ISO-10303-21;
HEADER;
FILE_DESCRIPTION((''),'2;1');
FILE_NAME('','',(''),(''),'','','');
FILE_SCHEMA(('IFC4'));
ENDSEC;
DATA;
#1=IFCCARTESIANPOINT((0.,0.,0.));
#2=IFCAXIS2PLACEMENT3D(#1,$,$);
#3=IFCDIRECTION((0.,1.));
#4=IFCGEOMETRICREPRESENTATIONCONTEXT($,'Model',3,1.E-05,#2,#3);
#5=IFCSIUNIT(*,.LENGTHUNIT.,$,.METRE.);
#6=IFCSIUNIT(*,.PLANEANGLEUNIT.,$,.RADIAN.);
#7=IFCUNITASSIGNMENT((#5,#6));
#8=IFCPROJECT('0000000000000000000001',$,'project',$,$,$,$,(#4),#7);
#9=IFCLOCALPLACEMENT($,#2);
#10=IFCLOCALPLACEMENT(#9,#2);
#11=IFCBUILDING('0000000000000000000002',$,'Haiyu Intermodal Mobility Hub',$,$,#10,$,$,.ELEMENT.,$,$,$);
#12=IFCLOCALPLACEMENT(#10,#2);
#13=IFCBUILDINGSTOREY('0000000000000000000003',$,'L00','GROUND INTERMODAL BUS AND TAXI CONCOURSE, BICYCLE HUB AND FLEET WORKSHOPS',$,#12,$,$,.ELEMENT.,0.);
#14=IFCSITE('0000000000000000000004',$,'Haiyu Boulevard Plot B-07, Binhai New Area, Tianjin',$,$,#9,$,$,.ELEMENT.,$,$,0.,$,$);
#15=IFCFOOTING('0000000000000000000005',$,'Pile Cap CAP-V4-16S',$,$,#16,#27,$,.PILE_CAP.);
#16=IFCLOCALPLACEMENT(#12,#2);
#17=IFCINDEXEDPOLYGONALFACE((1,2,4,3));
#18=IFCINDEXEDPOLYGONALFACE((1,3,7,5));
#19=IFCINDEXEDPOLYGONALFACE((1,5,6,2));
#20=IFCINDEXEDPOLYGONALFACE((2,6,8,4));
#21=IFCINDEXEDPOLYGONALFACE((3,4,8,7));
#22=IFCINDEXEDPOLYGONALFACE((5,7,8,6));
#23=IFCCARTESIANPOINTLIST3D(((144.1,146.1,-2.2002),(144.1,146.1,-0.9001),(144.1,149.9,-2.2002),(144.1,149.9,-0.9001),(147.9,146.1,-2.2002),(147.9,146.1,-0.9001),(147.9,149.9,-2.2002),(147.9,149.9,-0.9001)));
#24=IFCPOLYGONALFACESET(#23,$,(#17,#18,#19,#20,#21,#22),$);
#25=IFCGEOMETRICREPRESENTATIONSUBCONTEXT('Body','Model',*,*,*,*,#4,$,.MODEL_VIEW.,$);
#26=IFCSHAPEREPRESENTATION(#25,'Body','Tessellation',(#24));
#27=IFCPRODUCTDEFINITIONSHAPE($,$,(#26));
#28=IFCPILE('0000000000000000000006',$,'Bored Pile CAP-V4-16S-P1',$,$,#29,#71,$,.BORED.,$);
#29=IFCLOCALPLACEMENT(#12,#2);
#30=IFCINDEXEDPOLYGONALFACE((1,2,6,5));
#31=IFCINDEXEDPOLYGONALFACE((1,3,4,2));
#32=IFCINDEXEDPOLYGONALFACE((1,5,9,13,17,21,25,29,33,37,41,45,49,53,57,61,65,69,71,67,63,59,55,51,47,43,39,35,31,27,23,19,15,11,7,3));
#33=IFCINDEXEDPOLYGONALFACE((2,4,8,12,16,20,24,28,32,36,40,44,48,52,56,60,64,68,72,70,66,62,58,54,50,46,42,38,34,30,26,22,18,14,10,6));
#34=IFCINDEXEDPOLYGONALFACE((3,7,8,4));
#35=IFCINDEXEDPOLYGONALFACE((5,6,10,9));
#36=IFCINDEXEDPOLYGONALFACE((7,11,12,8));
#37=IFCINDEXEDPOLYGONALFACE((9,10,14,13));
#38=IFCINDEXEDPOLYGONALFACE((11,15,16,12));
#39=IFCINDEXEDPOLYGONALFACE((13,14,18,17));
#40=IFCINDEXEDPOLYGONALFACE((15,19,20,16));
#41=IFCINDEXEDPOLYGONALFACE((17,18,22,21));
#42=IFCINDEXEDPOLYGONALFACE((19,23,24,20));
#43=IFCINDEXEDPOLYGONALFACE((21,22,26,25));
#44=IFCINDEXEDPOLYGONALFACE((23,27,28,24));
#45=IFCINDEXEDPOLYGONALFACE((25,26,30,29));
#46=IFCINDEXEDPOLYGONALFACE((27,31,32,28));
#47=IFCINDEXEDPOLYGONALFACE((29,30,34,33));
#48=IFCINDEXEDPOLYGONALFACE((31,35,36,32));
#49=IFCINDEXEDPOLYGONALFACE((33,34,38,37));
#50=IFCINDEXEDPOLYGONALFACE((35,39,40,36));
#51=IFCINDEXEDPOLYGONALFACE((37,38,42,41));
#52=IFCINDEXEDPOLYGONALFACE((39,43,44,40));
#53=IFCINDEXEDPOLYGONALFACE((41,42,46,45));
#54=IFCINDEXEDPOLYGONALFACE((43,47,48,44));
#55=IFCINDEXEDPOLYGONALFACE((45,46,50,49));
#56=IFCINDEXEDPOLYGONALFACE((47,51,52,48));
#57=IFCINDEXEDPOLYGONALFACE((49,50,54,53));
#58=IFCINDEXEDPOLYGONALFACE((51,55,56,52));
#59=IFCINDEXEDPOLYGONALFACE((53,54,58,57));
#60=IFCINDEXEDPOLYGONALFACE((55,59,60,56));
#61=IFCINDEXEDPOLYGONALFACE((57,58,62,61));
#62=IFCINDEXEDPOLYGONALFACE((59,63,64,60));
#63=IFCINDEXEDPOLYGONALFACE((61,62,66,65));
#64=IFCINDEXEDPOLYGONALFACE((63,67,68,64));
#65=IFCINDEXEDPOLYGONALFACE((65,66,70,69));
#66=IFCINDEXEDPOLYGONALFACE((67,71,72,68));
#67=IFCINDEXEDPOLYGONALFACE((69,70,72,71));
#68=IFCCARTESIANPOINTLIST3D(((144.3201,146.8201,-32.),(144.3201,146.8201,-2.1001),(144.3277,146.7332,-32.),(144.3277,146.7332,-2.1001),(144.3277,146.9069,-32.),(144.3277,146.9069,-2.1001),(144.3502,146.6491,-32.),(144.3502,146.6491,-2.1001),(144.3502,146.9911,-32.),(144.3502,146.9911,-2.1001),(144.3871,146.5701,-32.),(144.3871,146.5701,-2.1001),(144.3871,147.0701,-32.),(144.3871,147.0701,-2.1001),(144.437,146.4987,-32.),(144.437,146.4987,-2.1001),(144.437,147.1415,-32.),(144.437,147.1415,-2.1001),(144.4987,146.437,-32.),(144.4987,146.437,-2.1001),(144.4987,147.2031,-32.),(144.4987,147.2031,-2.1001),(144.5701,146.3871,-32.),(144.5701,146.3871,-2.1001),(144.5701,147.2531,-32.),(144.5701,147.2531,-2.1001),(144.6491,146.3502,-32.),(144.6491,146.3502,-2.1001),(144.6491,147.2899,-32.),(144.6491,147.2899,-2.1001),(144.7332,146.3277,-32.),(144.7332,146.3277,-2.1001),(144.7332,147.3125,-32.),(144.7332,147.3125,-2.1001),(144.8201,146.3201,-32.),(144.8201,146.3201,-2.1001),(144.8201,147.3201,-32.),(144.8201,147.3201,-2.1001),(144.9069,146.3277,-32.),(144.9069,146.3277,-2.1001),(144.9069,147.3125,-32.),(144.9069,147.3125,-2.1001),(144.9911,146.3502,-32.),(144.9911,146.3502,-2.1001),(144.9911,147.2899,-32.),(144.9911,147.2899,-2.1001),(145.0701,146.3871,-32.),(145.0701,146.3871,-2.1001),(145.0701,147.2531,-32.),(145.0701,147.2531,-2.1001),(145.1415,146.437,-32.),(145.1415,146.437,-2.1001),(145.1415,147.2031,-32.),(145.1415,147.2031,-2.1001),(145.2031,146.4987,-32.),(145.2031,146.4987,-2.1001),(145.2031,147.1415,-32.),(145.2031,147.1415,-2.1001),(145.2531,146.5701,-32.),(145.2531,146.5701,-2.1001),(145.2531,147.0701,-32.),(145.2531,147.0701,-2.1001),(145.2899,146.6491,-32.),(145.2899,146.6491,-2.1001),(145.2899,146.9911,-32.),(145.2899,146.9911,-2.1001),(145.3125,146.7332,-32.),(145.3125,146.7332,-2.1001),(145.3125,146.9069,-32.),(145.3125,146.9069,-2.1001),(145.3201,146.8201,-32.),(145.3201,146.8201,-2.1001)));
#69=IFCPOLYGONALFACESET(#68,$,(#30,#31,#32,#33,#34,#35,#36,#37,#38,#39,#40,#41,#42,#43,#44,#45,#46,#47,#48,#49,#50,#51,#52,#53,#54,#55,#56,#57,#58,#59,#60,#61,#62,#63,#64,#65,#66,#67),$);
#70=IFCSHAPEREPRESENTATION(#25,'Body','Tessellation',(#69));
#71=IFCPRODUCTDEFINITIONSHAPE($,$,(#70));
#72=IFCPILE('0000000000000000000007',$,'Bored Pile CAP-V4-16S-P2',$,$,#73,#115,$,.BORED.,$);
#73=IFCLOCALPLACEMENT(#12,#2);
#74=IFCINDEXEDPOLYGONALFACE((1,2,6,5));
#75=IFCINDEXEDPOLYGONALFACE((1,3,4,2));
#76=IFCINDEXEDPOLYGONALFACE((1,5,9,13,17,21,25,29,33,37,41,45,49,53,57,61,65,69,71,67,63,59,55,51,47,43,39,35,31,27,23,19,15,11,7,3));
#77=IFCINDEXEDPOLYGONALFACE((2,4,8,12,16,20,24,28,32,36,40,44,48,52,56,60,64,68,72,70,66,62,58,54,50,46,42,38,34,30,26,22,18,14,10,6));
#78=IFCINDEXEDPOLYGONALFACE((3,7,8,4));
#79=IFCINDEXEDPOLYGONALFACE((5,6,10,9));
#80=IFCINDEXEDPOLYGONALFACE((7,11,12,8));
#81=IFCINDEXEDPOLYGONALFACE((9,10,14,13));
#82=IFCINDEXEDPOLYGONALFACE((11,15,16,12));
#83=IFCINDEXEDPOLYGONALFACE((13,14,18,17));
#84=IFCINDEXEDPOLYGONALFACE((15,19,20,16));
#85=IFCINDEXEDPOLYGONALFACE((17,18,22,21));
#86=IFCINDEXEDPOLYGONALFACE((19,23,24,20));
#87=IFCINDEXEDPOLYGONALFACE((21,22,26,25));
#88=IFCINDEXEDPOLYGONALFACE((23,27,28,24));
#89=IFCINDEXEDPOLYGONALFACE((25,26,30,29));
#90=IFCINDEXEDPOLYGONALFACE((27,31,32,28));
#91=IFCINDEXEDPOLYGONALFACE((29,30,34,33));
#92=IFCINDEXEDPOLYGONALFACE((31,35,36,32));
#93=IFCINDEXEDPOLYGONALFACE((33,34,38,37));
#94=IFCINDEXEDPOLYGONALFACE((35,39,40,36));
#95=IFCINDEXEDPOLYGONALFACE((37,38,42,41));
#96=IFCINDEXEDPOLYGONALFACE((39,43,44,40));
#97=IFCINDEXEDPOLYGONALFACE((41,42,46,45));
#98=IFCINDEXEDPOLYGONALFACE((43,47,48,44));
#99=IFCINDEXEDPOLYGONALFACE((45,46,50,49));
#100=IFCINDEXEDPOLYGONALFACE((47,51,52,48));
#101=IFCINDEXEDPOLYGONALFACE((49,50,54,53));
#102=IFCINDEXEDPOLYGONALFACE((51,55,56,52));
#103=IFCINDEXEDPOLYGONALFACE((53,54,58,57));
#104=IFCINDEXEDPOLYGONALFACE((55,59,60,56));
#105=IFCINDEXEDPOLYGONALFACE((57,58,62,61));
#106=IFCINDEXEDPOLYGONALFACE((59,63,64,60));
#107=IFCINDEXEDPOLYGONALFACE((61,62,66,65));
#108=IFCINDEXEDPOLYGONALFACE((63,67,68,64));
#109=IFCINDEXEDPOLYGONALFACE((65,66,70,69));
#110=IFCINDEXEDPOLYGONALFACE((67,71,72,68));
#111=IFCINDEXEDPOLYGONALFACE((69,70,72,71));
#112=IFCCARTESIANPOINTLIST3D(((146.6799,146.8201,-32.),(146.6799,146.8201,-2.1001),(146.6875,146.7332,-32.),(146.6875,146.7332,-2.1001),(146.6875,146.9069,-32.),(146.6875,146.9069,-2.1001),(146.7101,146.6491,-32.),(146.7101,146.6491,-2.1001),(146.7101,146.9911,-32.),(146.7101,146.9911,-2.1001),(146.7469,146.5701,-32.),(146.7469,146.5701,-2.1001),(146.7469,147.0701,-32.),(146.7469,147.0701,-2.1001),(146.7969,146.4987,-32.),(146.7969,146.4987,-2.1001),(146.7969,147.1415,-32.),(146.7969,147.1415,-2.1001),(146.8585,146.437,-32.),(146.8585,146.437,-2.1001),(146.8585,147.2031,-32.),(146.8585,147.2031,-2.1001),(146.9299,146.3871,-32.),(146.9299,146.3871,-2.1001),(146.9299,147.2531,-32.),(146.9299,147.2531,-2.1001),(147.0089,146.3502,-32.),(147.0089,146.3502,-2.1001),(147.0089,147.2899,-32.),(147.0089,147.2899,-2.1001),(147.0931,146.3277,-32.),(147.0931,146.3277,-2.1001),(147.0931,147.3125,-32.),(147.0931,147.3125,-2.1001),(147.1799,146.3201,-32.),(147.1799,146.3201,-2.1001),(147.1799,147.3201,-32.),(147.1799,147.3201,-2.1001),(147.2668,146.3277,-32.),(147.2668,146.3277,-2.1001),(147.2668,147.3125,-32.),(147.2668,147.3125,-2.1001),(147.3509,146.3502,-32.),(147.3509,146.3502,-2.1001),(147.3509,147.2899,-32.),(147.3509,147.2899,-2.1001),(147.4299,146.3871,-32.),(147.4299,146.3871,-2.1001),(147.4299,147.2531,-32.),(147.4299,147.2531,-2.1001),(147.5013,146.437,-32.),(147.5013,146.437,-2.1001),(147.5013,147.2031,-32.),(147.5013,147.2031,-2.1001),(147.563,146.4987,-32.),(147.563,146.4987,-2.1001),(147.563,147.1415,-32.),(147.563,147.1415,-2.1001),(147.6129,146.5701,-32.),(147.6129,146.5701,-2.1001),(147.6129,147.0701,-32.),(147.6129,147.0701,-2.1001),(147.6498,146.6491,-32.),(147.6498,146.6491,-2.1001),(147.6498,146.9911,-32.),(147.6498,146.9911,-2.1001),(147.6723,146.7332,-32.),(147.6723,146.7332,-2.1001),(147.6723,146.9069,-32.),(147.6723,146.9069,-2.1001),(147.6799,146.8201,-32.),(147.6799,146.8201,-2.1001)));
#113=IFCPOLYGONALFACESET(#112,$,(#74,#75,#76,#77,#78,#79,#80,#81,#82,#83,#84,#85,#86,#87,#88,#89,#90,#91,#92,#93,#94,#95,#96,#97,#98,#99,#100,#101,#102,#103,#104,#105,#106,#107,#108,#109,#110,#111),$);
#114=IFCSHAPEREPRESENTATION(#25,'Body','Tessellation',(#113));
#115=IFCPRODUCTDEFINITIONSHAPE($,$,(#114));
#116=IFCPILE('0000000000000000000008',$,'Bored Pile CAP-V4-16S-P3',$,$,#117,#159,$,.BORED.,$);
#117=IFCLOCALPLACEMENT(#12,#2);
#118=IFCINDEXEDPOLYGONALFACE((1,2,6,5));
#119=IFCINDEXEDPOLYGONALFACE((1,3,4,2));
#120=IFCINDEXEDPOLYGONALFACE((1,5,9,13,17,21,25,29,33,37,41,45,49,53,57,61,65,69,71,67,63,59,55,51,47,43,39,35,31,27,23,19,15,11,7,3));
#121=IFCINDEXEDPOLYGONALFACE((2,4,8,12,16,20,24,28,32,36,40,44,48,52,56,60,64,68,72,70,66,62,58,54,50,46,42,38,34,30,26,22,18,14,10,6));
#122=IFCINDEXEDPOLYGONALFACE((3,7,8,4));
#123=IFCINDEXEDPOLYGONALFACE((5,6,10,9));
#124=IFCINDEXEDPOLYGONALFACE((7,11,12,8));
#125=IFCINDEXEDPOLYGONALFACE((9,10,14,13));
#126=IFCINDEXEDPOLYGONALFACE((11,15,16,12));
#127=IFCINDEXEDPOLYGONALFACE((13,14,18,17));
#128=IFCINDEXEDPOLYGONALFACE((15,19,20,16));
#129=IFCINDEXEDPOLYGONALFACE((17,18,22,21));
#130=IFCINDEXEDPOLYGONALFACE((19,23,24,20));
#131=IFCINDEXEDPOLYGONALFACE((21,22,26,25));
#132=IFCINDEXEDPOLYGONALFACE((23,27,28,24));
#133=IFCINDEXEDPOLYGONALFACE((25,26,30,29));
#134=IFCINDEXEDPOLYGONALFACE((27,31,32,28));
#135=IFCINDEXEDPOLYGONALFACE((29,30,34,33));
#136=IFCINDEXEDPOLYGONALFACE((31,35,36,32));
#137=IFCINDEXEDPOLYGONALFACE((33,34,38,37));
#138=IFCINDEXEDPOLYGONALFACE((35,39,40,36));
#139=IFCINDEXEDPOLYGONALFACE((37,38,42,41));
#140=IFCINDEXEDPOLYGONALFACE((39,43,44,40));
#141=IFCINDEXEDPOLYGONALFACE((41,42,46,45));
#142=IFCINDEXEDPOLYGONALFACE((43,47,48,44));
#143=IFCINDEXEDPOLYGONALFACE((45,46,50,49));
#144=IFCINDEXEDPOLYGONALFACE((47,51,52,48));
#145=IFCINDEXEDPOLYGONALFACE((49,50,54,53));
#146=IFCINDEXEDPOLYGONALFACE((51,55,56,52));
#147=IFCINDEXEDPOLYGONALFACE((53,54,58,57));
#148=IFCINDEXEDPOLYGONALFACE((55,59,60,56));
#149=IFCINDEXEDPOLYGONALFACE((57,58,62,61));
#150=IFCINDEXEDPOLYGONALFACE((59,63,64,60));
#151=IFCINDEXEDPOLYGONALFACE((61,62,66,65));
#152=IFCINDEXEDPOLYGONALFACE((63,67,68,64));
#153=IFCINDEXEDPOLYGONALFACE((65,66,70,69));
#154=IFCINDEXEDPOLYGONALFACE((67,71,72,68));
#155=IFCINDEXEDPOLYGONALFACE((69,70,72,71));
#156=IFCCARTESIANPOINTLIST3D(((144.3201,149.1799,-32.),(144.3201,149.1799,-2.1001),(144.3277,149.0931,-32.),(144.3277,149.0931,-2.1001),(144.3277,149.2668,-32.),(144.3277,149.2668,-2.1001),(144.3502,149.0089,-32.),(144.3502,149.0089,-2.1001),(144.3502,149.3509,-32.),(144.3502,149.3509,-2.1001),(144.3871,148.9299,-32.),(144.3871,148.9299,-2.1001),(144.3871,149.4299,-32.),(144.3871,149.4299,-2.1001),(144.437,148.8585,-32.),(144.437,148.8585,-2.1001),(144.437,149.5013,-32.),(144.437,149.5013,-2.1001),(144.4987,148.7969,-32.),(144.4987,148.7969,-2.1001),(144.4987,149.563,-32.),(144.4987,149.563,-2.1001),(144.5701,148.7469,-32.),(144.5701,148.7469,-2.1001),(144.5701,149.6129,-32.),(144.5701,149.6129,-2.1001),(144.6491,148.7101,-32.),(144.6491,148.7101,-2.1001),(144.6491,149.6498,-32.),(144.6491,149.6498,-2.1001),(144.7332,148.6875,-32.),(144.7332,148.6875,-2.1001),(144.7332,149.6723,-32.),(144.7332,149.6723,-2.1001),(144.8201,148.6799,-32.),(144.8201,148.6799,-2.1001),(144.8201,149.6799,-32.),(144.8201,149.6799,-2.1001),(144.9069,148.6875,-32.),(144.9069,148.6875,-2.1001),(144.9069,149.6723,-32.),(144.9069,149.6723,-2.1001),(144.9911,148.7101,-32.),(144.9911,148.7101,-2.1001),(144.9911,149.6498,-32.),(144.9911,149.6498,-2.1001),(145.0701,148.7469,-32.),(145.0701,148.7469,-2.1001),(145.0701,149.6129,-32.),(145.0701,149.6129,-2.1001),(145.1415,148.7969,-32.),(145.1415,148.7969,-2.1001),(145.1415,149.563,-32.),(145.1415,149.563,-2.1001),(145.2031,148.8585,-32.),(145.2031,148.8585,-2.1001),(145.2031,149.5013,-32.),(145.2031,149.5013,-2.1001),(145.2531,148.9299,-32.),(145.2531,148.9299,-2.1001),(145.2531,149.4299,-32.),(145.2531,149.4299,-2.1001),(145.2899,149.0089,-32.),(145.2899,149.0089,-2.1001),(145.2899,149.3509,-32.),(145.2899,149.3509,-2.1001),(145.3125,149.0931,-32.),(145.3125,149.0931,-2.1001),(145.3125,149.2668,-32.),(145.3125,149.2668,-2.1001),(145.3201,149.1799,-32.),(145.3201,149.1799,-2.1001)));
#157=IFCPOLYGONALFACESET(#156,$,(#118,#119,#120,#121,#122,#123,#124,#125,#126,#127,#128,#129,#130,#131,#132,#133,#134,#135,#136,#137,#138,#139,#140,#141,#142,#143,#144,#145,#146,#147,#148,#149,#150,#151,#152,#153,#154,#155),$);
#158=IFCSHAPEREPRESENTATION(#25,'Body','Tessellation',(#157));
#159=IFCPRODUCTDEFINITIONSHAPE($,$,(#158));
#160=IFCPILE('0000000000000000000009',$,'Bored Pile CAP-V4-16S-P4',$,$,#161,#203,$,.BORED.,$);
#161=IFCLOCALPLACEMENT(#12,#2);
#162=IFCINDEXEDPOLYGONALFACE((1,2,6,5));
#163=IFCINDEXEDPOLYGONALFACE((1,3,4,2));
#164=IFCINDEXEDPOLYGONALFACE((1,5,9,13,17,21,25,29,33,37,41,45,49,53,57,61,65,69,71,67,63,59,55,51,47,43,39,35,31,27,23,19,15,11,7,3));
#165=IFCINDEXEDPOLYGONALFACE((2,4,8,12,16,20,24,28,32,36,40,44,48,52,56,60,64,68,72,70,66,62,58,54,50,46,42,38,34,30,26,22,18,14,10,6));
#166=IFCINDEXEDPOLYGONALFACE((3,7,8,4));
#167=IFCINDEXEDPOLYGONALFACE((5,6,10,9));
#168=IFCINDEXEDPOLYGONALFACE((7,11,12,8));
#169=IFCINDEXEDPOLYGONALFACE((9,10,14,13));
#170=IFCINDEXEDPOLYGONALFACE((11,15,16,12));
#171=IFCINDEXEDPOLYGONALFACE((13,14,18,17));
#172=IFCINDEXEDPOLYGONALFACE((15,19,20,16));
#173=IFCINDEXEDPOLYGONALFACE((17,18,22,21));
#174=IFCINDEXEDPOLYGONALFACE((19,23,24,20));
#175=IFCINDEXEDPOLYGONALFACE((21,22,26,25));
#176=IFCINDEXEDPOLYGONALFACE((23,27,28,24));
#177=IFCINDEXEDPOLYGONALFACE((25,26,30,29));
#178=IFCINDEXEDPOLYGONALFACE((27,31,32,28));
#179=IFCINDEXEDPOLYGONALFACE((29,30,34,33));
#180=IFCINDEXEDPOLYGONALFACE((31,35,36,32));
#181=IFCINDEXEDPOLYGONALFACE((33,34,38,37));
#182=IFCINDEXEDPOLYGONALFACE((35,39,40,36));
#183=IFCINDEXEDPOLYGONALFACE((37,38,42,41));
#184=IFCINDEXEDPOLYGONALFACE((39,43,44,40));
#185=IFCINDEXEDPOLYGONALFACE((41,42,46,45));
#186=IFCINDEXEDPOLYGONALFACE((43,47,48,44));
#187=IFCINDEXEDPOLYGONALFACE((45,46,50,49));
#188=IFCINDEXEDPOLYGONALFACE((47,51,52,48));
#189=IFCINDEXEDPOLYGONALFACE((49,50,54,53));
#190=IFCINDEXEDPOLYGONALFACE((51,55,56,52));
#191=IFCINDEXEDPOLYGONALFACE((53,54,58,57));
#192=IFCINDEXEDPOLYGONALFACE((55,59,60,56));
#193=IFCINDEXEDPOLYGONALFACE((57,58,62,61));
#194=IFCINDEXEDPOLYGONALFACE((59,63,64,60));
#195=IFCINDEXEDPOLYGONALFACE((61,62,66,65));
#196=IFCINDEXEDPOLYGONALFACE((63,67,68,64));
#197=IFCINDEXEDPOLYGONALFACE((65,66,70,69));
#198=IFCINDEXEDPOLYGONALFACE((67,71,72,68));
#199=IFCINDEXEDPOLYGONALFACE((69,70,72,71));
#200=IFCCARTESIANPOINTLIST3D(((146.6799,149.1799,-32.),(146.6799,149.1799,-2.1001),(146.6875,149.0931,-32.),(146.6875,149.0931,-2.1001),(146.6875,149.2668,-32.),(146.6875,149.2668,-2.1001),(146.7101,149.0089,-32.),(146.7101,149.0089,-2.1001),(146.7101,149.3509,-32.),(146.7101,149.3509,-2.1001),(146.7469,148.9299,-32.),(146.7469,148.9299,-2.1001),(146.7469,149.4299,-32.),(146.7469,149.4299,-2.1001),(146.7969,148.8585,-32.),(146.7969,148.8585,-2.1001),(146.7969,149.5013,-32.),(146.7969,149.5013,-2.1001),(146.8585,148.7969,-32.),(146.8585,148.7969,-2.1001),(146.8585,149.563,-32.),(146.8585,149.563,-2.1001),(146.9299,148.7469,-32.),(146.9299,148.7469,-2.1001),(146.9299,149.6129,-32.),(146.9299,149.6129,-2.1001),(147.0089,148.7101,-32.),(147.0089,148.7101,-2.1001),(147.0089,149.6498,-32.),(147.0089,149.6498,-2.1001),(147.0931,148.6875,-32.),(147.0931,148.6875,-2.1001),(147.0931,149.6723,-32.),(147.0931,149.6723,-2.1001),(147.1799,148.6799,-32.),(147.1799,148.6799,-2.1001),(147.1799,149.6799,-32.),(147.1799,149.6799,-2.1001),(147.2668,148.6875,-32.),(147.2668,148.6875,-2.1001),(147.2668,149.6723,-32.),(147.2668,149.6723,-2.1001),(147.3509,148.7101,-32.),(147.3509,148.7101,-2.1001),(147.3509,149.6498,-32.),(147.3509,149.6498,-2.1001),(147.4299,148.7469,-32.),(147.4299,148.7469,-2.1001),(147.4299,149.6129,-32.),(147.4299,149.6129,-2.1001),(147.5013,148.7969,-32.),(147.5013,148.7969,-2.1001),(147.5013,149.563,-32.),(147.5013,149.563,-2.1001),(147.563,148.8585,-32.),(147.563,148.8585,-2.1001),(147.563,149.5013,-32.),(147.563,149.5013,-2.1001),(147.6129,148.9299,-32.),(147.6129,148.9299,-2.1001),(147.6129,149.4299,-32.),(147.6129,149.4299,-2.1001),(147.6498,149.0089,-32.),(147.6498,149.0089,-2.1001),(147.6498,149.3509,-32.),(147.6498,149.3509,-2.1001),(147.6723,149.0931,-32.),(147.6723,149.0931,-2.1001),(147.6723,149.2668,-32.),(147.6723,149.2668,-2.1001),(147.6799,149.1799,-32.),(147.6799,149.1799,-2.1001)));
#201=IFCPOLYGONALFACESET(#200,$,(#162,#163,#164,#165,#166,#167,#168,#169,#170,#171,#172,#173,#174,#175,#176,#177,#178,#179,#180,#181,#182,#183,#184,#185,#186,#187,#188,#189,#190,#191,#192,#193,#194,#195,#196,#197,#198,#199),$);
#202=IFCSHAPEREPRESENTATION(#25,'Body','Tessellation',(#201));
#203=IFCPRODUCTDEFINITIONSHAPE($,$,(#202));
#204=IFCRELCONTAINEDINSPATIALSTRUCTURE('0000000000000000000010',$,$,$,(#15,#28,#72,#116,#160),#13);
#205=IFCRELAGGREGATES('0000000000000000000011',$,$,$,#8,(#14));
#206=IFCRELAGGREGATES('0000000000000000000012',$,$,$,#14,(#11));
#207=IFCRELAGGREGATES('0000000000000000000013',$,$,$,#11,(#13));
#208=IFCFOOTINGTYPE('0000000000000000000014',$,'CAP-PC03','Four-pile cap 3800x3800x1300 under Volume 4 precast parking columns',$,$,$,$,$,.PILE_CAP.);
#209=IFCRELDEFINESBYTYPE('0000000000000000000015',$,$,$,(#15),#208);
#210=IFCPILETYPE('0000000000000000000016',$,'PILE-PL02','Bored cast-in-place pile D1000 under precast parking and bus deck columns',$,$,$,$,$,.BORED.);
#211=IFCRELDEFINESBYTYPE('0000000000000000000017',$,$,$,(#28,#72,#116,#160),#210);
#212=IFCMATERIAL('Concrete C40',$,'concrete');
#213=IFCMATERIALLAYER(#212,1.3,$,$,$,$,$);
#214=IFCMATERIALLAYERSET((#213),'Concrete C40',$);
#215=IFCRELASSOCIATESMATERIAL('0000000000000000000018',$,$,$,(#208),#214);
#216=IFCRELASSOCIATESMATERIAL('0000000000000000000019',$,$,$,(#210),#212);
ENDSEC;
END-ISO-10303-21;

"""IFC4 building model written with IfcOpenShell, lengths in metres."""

from ifc_helpers import new_model, si_unit, direction, frame, origin, origin_2d, place, context, subcontext, project, spatial, rectangle, circle, extrude, material, layer, layer_set, material_profile, profile_set, type_object, element, save


model = new_model("IFC4")

# Units and contexts
model_context = context("Model", 3, precision=1e-05, world=origin(), true_north=direction((0.0, 1.0)))
body_context = subcontext(model_context, "Body", "Model", "MODEL_VIEW")
ifc_project = project(units=[si_unit("LENGTHUNIT", "METRE"), si_unit("PLANEANGLEUNIT", "RADIAN")], contexts=[model_context])

# Site, building, storey
site_placement = place(None, origin())
site = spatial("IfcSite", under=ifc_project, at=site_placement, Name="Haiyu Boulevard Plot B-07, Binhai New Area, Tianjin", CompositionType="ELEMENT", RefElevation=0.0)
building_placement = place(site_placement, origin())
building = spatial("IfcBuilding", under=site, at=building_placement, Name="Haiyu Intermodal Mobility Hub", CompositionType="ELEMENT")
storey_placement = place(building_placement, origin())
storey = spatial("IfcBuildingStorey", under=building, at=storey_placement, Name="L00", Description="GROUND INTERMODAL BUS AND TAXI CONCOURSE, BICYCLE HUB AND FLEET WORKSHOPS", CompositionType="ELEMENT", Elevation=0.0)

# Footing
ifc_material_1 = material(Name="Concrete C40", Category="concrete")
ifc_layer_1 = layer(ifc_material_1, 1.3)
ifc_layer_set_1 = layer_set([ifc_layer_1], Name="Concrete C40")
footing_type = type_object("IfcFootingType", Name="CAP-PC03", Description="Four-pile cap 3800x3800x1300 under Volume 4 precast parking columns", PredefinedType="PILE_CAP", material=ifc_layer_set_1)
footing_placement = place(storey_placement, frame((146.0, 148.0, -2.2002), z_axis=(0.0, 0.0, 1.0), x_axis=(1.0, 0.0, 0.0)))
element("IfcFooting", 1, at=footing_placement, inside=storey, type_object=footing_type, Name="Pile Cap CAP-V4-16S", PredefinedType="PILE_CAP", context=body_context, shape_type="SweptSolid", body=[
    extrude(rectangle(XDim=3.8, YDim=3.8, at=origin_2d()), origin(), (0.0, 0.0, 1.0), 1.3),
])

# Piles
ifc_material_profile_1 = material_profile(ifc_material_1, circle(Radius=0.5, at=origin_2d()), Name="PILE-D1000")
ifc_profile_set_1 = profile_set([ifc_material_profile_1], Name="Concrete C40")
pile_type = type_object("IfcPileType", Name="PILE-PL02", Description="Bored cast-in-place pile D1000 under precast parking and bus deck columns", PredefinedType="BORED", material=ifc_profile_set_1)
for number, where, z_axis, x_axis, name in (
    (2, (144.8201, 146.8201, -2.1001), (0.0, 0.0, -1.0), (1.0, 0.0, 0.0), "Bored Pile CAP-V4-16S-P1"),
    (3, (147.1799, 146.8201, -2.1001), (0.0, 0.0, -1.0), (1.0, 0.0, 0.0), "Bored Pile CAP-V4-16S-P2"),
    (4, (144.8201, 149.1799, -2.1001), (0.0, 0.0, -1.0), (1.0, 0.0, 0.0), "Bored Pile CAP-V4-16S-P3"),
    (5, (147.1799, 149.1799, -2.1001), (0.0, 0.0, -1.0), (1.0, 0.0, 0.0), "Bored Pile CAP-V4-16S-P4"),
):
    element("IfcPile", number, at=place(storey_placement, frame(where, z_axis=z_axis, x_axis=x_axis)), inside=storey, type_object=pile_type, Name=name, PredefinedType="BORED", context=body_context, shape_type="SweptSolid", body=[
        extrude(circle(Radius=0.5, at=origin_2d()), origin(), (0.0, 0.0, 1.0), 29.8999),
    ])

save(model, "model.ifc")
